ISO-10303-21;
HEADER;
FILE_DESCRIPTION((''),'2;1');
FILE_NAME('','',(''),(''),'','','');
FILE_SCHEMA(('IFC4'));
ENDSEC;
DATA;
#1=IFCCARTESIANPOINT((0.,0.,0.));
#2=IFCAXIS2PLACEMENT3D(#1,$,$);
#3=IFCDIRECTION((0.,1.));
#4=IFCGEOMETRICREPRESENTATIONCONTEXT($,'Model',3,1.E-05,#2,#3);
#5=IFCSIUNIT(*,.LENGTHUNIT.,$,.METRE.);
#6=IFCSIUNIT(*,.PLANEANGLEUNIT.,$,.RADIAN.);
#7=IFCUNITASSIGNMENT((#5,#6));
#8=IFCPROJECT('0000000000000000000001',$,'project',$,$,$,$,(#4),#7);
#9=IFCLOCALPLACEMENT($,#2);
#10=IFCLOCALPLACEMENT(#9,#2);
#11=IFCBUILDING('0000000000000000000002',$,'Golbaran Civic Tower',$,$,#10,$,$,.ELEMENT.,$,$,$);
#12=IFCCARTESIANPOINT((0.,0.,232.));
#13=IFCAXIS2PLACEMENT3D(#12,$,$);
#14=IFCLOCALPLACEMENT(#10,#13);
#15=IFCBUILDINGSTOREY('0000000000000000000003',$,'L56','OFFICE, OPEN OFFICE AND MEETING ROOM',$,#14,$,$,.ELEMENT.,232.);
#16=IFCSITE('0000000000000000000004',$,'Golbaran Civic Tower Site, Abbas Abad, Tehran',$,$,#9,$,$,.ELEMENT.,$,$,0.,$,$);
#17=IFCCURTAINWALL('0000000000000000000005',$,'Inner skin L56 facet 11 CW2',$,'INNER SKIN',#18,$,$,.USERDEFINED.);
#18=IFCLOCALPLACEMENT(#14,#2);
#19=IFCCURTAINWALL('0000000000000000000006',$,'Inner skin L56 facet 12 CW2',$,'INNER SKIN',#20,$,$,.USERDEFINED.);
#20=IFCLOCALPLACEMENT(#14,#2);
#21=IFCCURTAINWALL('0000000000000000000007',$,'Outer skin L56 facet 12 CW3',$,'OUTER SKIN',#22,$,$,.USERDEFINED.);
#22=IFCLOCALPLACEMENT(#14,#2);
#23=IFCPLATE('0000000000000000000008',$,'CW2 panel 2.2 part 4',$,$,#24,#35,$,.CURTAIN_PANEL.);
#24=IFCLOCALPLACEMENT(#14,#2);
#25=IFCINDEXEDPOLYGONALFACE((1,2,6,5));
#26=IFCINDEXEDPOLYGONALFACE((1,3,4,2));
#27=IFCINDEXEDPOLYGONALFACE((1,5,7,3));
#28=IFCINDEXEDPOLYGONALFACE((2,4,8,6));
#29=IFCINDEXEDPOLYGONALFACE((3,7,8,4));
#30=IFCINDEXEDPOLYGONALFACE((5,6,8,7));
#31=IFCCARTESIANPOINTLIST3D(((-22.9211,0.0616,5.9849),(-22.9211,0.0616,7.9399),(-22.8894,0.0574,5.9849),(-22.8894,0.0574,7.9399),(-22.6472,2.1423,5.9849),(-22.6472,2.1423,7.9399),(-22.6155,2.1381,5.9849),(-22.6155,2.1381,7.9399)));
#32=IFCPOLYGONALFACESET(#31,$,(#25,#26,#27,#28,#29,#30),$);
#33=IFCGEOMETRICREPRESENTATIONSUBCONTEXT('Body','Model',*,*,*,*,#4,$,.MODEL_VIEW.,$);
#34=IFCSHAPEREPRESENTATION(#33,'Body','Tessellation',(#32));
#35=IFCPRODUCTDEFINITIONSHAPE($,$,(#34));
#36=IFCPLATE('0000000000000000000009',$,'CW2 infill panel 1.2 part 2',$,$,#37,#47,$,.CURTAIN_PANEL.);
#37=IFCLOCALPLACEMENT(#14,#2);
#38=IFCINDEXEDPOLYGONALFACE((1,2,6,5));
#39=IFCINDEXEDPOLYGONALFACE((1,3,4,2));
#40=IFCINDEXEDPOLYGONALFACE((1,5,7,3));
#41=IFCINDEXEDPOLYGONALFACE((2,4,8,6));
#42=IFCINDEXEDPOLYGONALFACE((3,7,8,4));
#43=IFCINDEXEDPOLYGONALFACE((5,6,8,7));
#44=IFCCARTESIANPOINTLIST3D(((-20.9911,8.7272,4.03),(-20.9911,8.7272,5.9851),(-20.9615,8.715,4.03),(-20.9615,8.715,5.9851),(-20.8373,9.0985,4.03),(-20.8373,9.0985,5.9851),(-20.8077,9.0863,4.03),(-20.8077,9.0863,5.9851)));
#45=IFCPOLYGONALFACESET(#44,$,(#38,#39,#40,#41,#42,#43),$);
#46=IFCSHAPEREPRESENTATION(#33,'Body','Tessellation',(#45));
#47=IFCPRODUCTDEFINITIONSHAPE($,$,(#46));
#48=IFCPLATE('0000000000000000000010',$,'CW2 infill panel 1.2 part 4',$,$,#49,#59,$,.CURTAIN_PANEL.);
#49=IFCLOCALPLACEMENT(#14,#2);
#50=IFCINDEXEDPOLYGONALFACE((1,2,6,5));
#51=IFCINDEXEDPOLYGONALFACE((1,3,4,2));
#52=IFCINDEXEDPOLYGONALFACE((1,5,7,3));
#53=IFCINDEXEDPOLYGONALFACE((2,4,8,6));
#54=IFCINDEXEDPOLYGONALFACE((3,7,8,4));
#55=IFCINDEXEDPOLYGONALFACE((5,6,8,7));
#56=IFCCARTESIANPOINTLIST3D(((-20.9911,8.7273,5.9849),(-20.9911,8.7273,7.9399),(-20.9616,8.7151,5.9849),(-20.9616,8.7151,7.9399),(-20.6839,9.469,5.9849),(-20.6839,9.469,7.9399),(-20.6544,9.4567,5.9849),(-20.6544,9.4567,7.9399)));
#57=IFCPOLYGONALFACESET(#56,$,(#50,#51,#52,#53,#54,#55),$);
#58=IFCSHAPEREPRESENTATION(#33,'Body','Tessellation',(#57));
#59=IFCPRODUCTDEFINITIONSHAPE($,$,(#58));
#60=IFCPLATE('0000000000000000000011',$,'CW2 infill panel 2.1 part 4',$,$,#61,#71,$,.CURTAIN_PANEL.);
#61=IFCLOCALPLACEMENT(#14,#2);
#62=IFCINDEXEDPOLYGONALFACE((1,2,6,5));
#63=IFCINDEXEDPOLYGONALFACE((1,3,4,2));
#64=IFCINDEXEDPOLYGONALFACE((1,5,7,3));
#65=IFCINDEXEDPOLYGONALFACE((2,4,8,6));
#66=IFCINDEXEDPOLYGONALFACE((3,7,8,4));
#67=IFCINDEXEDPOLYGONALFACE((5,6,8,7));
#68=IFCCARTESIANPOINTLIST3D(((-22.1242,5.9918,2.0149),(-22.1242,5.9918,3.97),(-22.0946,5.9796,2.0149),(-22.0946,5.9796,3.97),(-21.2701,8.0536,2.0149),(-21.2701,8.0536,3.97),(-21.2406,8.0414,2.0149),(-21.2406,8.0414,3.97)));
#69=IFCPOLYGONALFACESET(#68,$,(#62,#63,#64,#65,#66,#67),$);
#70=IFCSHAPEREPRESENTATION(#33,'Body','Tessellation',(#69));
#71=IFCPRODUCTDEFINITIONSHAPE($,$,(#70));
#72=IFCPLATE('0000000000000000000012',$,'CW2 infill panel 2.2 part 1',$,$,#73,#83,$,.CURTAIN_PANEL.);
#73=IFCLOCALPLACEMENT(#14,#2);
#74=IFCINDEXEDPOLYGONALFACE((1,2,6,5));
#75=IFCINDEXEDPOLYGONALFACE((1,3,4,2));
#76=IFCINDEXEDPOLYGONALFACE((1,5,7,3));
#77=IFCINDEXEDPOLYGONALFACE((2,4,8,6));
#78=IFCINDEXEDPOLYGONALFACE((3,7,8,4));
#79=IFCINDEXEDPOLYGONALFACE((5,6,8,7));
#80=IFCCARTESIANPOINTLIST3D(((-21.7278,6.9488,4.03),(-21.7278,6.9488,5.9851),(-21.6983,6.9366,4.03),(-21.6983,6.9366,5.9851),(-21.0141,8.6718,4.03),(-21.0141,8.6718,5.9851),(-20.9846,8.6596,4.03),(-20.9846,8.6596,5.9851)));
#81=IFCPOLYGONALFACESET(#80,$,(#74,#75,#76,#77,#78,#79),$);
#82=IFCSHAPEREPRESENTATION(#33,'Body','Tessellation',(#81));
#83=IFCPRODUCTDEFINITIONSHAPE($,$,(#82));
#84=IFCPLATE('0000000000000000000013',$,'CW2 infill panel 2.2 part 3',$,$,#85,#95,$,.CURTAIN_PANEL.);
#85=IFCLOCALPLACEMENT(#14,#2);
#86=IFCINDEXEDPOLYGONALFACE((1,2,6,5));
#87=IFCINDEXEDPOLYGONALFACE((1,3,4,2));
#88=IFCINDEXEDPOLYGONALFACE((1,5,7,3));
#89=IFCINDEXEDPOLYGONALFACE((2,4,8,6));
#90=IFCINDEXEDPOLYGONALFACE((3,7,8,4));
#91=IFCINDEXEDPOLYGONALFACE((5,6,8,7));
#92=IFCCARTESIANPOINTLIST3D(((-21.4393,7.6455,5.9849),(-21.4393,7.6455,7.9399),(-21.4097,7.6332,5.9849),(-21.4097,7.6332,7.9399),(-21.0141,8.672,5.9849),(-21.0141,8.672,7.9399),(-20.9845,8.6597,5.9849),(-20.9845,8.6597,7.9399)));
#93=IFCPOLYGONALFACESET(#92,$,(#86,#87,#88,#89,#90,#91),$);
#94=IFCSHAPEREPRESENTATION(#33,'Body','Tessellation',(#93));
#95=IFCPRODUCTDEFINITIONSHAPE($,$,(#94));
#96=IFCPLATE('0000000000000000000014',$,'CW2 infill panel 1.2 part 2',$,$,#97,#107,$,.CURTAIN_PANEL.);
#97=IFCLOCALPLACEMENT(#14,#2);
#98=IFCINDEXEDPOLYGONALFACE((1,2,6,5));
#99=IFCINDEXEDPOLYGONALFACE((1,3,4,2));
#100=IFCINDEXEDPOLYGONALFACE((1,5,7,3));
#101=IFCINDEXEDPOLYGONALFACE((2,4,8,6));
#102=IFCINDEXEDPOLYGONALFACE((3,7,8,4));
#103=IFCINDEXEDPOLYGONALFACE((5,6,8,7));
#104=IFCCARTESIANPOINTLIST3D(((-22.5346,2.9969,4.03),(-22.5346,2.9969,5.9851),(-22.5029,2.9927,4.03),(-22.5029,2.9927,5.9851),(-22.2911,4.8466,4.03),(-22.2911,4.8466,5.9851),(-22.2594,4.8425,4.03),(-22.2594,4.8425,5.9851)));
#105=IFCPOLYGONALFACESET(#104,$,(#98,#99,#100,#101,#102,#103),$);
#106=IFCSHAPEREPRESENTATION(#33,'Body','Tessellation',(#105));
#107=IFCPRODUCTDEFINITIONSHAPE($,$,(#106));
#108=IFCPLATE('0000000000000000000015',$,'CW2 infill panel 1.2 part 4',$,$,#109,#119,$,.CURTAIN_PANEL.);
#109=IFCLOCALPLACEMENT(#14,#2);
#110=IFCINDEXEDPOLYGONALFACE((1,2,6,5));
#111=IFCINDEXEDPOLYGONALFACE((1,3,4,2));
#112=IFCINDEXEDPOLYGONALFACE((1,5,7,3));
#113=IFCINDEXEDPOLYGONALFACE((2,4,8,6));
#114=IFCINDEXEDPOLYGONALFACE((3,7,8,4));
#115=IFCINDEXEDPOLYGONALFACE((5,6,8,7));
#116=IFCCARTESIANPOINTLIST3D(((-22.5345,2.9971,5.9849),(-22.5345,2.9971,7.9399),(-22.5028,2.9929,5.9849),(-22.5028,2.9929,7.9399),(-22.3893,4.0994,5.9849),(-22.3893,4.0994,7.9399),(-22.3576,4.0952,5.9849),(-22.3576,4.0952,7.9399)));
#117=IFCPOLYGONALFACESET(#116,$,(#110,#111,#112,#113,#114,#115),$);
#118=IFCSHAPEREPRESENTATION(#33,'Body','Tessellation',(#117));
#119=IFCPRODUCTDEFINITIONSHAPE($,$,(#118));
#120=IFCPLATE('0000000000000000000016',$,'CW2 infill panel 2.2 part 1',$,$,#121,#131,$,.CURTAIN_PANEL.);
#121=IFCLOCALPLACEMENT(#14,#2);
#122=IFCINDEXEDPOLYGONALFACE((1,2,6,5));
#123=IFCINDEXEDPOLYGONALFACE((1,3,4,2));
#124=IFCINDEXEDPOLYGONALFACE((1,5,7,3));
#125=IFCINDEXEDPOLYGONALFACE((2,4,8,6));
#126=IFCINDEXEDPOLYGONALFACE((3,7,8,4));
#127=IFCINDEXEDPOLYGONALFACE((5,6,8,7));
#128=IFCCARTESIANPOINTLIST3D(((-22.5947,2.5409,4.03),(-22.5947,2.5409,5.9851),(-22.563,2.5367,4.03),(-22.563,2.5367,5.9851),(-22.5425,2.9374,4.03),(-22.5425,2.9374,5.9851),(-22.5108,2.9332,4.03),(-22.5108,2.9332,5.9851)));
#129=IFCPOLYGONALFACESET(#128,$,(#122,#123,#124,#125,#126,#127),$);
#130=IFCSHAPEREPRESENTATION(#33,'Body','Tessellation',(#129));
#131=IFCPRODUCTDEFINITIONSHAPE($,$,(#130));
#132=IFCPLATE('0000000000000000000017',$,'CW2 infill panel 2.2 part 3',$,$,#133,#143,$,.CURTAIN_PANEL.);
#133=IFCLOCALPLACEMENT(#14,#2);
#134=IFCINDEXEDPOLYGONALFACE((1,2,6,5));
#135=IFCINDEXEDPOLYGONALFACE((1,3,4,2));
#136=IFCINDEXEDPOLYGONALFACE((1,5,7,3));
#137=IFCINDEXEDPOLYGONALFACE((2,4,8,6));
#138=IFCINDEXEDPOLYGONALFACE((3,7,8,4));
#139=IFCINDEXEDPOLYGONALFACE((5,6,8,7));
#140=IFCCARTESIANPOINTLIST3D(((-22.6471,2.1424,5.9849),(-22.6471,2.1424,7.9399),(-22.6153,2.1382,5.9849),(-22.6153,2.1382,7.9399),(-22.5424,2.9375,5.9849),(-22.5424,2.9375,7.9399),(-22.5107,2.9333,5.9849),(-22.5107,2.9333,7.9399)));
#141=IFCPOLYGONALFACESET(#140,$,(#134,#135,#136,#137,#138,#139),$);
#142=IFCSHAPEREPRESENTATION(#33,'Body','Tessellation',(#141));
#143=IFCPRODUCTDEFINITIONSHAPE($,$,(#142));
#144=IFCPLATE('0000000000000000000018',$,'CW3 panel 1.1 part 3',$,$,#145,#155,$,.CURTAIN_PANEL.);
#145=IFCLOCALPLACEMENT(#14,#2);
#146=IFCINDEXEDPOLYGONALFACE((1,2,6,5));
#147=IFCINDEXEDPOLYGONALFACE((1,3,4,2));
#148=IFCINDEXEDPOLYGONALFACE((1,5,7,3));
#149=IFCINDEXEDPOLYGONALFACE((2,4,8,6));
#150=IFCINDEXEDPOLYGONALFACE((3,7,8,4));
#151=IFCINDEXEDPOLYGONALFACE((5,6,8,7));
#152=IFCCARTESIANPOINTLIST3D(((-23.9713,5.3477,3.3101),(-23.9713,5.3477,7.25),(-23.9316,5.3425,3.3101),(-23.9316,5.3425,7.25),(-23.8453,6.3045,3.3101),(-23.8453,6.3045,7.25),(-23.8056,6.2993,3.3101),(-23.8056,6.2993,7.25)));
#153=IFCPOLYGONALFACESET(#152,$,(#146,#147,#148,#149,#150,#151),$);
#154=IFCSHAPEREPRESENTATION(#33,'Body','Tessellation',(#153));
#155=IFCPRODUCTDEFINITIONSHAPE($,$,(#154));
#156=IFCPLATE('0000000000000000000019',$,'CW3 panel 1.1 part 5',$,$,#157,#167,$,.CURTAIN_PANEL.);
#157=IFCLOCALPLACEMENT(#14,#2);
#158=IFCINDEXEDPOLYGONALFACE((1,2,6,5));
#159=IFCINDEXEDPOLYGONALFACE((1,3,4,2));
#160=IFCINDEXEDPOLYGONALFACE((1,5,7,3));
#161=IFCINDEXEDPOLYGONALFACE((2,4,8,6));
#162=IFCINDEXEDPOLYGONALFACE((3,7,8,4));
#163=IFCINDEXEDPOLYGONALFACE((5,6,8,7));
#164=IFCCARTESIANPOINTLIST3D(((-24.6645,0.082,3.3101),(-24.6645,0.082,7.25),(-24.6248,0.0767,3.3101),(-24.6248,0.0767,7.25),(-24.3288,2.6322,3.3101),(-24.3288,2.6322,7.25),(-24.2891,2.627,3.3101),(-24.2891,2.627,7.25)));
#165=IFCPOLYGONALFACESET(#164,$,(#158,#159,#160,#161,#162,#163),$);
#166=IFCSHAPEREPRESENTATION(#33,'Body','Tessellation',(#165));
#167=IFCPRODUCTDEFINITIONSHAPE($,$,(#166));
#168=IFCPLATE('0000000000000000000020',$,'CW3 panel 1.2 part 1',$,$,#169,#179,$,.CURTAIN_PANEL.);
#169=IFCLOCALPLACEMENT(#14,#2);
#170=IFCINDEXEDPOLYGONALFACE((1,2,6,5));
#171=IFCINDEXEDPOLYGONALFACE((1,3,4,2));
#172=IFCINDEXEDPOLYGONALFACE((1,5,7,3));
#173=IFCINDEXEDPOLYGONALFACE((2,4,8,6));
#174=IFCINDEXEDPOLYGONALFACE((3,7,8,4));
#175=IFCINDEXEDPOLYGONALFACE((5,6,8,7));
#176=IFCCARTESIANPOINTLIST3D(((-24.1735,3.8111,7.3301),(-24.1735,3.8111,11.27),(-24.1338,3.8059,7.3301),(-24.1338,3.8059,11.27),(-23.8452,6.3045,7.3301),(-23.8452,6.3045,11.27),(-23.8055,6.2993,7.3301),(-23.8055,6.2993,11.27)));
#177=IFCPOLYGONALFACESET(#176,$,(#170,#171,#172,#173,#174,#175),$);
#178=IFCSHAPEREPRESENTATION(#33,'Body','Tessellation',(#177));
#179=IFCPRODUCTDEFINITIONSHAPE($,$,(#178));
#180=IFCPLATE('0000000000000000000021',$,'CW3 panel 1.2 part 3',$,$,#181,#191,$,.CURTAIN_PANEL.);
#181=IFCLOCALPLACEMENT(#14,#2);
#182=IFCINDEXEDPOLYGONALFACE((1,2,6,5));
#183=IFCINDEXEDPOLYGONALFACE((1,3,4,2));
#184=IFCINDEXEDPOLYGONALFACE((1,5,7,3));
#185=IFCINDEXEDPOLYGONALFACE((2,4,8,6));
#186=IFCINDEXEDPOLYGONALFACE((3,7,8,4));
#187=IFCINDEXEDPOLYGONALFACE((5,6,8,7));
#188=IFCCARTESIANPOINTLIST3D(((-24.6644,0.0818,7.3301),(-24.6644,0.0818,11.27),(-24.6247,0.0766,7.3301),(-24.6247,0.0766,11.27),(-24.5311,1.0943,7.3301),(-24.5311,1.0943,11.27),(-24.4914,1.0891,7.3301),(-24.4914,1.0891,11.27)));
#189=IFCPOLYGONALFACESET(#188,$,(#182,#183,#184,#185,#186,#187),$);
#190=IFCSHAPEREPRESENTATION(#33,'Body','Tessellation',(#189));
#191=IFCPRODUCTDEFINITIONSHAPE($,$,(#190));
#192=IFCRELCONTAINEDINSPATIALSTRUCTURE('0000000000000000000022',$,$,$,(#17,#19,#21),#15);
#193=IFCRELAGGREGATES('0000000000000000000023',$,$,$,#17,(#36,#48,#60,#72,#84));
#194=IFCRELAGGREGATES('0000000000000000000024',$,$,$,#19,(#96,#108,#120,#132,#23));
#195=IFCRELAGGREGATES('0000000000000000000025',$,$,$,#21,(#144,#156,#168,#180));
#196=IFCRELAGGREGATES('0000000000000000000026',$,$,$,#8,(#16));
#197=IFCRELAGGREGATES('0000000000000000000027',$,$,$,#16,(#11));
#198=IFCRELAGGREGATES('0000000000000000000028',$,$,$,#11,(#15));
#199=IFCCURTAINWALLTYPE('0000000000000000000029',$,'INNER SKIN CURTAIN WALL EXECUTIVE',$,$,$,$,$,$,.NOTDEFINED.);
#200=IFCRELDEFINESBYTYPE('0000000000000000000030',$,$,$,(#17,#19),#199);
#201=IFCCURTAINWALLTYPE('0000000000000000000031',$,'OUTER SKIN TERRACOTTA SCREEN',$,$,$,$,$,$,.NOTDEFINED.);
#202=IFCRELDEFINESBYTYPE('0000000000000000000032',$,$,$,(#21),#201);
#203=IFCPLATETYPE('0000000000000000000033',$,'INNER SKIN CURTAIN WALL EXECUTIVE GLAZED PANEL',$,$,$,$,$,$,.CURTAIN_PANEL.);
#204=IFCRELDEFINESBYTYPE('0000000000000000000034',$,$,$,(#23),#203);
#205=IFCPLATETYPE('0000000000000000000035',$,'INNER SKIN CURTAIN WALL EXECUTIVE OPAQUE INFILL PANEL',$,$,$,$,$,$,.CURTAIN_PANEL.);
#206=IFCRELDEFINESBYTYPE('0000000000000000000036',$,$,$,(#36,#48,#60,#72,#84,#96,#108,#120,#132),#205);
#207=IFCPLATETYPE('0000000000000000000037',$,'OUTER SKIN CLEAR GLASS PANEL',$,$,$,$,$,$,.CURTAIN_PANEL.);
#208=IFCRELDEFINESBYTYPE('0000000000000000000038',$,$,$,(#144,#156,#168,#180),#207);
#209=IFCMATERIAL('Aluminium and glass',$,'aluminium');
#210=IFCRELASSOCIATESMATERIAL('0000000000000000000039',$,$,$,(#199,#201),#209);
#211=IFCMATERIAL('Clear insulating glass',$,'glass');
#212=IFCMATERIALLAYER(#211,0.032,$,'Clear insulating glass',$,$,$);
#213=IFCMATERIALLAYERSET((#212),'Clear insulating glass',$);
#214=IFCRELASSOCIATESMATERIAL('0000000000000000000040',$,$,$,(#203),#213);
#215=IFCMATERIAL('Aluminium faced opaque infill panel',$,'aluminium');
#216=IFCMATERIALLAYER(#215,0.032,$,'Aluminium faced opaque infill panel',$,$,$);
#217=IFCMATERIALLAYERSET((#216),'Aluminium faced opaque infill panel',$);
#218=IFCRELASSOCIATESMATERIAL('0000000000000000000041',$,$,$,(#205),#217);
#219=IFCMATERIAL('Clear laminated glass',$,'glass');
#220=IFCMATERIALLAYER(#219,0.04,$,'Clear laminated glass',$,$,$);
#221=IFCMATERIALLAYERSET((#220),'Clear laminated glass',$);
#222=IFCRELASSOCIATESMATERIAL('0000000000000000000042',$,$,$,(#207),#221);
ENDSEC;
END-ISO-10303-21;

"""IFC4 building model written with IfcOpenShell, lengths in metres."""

from ifc_helpers import new_model, si_unit, direction, frame, origin, origin_2d, place, context, subcontext, project, spatial, rectangle, extrude, material, layer, layer_set, type_object, element, aggregate, save


model = new_model("IFC4")

# Units and contexts
model_context = context("Model", 3, precision=1e-05, world=origin(), true_north=direction((0.0, 1.0)))
body_context = subcontext(model_context, "Body", "Model", "MODEL_VIEW")
ifc_project = project(units=[si_unit("LENGTHUNIT", "METRE"), si_unit("PLANEANGLEUNIT", "RADIAN")], contexts=[model_context])

# Site, building, storey
site_placement = place(None, origin())
site = spatial("IfcSite", under=ifc_project, at=site_placement, Name="Golbaran Civic Tower Site, Abbas Abad, Tehran", CompositionType="ELEMENT", RefElevation=0.0)
building_placement = place(site_placement, origin())
building = spatial("IfcBuilding", under=site, at=building_placement, Name="Golbaran Civic Tower", CompositionType="ELEMENT")
storey_placement = place(building_placement, frame((0.0, 0.0, 232.0)))
storey = spatial("IfcBuildingStorey", under=building, at=storey_placement, Name="L56", Description="OFFICE, OPEN OFFICE AND MEETING ROOM", CompositionType="ELEMENT", Elevation=232.0)

# Curtain walls
ifc_material_1 = material(Name="Aluminium and glass", Category="aluminium")
curtain_wall_type_1 = type_object("IfcCurtainWallType", Name="INNER SKIN CURTAIN WALL EXECUTIVE", PredefinedType="NOTDEFINED", material=ifc_material_1)
curtain_wall_1_placement = place(storey_placement, origin())
curtain_wall_1 = element("IfcCurtainWall", 1, at=curtain_wall_1_placement, inside=storey, type_object=curtain_wall_type_1, Name="Inner skin L56 facet 11 CW2", ObjectType="INNER SKIN", PredefinedType="USERDEFINED")
curtain_wall_2_placement = place(storey_placement, origin())
curtain_wall_2 = element("IfcCurtainWall", 2, at=curtain_wall_2_placement, inside=storey, type_object=curtain_wall_type_1, Name="Inner skin L56 facet 12 CW2", ObjectType="INNER SKIN", PredefinedType="USERDEFINED")
curtain_wall_type_2 = type_object("IfcCurtainWallType", Name="OUTER SKIN TERRACOTTA SCREEN", PredefinedType="NOTDEFINED", material=ifc_material_1)
curtain_wall_3_placement = place(storey_placement, origin())
curtain_wall_3 = element("IfcCurtainWall", 3, at=curtain_wall_3_placement, inside=storey, type_object=curtain_wall_type_2, Name="Outer skin L56 facet 12 CW3", ObjectType="OUTER SKIN", PredefinedType="USERDEFINED")

# Plates
ifc_material_2 = material(Name="Clear insulating glass", Category="glass")
ifc_layer_1 = layer(ifc_material_2, 0.032, Name="Clear insulating glass")
ifc_layer_set_1 = layer_set([ifc_layer_1], Name="Clear insulating glass")
plate_type_1 = type_object("IfcPlateType", Name="INNER SKIN CURTAIN WALL EXECUTIVE GLAZED PANEL", PredefinedType="CURTAIN_PANEL", material=ifc_layer_set_1)
plate_1_placement = place(storey_placement, frame((-22.7683, 1.0999, 5.9849), z_axis=(0.0, 0.0, 1.0), x_axis=(-0.130526, -0.991445, 0.0)))
plate_1 = element("IfcPlate", 4, at=plate_1_placement, type_object=plate_type_1, Name="CW2 panel 2.2 part 4", PredefinedType="CURTAIN_PANEL", context=body_context, shape_type="SweptSolid", body=[
    extrude(rectangle(XDim=2.0986, YDim=0.032, at=origin_2d()), origin(), (0.0, 0.0, 1.0), 1.9551),
])
ifc_material_3 = material(Name="Aluminium faced opaque infill panel", Category="aluminium")
ifc_layer_2 = layer(ifc_material_3, 0.032, Name="Aluminium faced opaque infill panel")
ifc_layer_set_2 = layer_set([ifc_layer_2], Name="Aluminium faced opaque infill panel")
plate_type_2 = type_object("IfcPlateType", Name="INNER SKIN CURTAIN WALL EXECUTIVE OPAQUE INFILL PANEL", PredefinedType="CURTAIN_PANEL", material=ifc_layer_set_2)
plate_2_placement = place(storey_placement, frame((-20.8994, 8.9067, 4.03), z_axis=(0.0, 0.0, 1.0), x_axis=(-0.382683, -0.92388, 0.0)))
plate_2 = element("IfcPlate", 5, at=plate_2_placement, type_object=plate_type_2, Name="CW2 infill panel 1.2 part 2", PredefinedType="CURTAIN_PANEL", context=body_context, shape_type="SweptSolid", body=[
    extrude(rectangle(XDim=0.4019, YDim=0.032, at=origin_2d()), origin(), (0.0, 0.0, 1.0), 1.9551),
])
plate_3_placement = place(storey_placement, frame((-20.8228, 9.092, 5.9849), z_axis=(0.0, 0.0, 1.0), x_axis=(-0.382683, -0.92388, 0.0)))
plate_3 = element("IfcPlate", 6, at=plate_3_placement, type_object=plate_type_2, Name="CW2 infill panel 1.2 part 4", PredefinedType="CURTAIN_PANEL", context=body_context, shape_type="SweptSolid", body=[
    extrude(rectangle(XDim=0.8027, YDim=0.032, at=origin_2d()), origin(), (0.0, 0.0, 1.0), 1.9551),
])
plate_4_placement = place(storey_placement, frame((-21.6824, 7.0166, 2.0149), z_axis=(0.0, 0.0, 1.0), x_axis=(-0.382683, -0.92388, 0.0)))
plate_4 = element("IfcPlate", 7, at=plate_4_placement, type_object=plate_type_2, Name="CW2 infill panel 2.1 part 4", PredefinedType="CURTAIN_PANEL", context=body_context, shape_type="SweptSolid", body=[
    extrude(rectangle(XDim=2.2317, YDim=0.032, at=origin_2d()), origin(), (0.0, 0.0, 1.0), 1.9551),
])
plate_5_placement = place(storey_placement, frame((-21.3562, 7.8042, 4.03), z_axis=(0.0, 0.0, 1.0), x_axis=(-0.382683, -0.92388, 0.0)))
plate_5 = element("IfcPlate", 8, at=plate_5_placement, type_object=plate_type_2, Name="CW2 infill panel 2.2 part 1", PredefinedType="CURTAIN_PANEL", context=body_context, shape_type="SweptSolid", body=[
    extrude(rectangle(XDim=1.865, YDim=0.032, at=origin_2d()), origin(), (0.0, 0.0, 1.0), 1.9551),
])
plate_6_placement = place(storey_placement, frame((-21.2119, 8.1526, 5.9849), z_axis=(0.0, 0.0, 1.0), x_axis=(-0.382683, -0.92388, 0.0)))
plate_6 = element("IfcPlate", 9, at=plate_6_placement, type_object=plate_type_2, Name="CW2 infill panel 2.2 part 3", PredefinedType="CURTAIN_PANEL", context=body_context, shape_type="SweptSolid", body=[
    extrude(rectangle(XDim=1.1111, YDim=0.032, at=origin_2d()), origin(), (0.0, 0.0, 1.0), 1.9551),
])
aggregate(curtain_wall_1, [plate_2, plate_3, plate_4, plate_5, plate_6])
plate_7_placement = place(storey_placement, frame((-22.397, 3.9197, 4.03), z_axis=(0.0, 0.0, 1.0), x_axis=(-0.130526, -0.991445, 0.0)))
plate_7 = element("IfcPlate", 10, at=plate_7_placement, type_object=plate_type_2, Name="CW2 infill panel 1.2 part 2", PredefinedType="CURTAIN_PANEL", context=body_context, shape_type="SweptSolid", body=[
    extrude(rectangle(XDim=1.8657, YDim=0.032, at=origin_2d()), origin(), (0.0, 0.0, 1.0), 1.9551),
])
plate_8_placement = place(storey_placement, frame((-22.446, 3.5461, 5.9849), z_axis=(0.0, 0.0, 1.0), x_axis=(-0.130526, -0.991445, 0.0)))
plate_8 = element("IfcPlate", 11, at=plate_8_placement, type_object=plate_type_2, Name="CW2 infill panel 1.2 part 4", PredefinedType="CURTAIN_PANEL", context=body_context, shape_type="SweptSolid", body=[
    extrude(rectangle(XDim=1.1118, YDim=0.032, at=origin_2d()), origin(), (0.0, 0.0, 1.0), 1.9551),
])
plate_9_placement = place(storey_placement, frame((-22.5527, 2.7371, 4.03), z_axis=(0.0, 0.0, 1.0), x_axis=(-0.130526, -0.991445, 0.0)))
plate_9 = element("IfcPlate", 12, at=plate_9_placement, type_object=plate_type_2, Name="CW2 infill panel 2.2 part 1", PredefinedType="CURTAIN_PANEL", context=body_context, shape_type="SweptSolid", body=[
    extrude(rectangle(XDim=0.3999, YDim=0.032, at=origin_2d()), origin(), (0.0, 0.0, 1.0), 1.9551),
])
plate_10_placement = place(storey_placement, frame((-22.5789, 2.5378, 5.9849), z_axis=(0.0, 0.0, 1.0), x_axis=(-0.130526, -0.991445, 0.0)))
plate_10 = element("IfcPlate", 13, at=plate_10_placement, type_object=plate_type_2, Name="CW2 infill panel 2.2 part 3", PredefinedType="CURTAIN_PANEL", context=body_context, shape_type="SweptSolid", body=[
    extrude(rectangle(XDim=0.802, YDim=0.032, at=origin_2d()), origin(), (0.0, 0.0, 1.0), 1.9551),
])
aggregate(curtain_wall_2, [plate_7, plate_8, plate_9, plate_10, plate_1])
ifc_material_4 = material(Name="Clear laminated glass", Category="glass")
ifc_layer_3 = layer(ifc_material_4, 0.04, Name="Clear laminated glass")
ifc_layer_set_3 = layer_set([ifc_layer_3], Name="Clear laminated glass")
plate_type_3 = type_object("IfcPlateType", Name="OUTER SKIN CLEAR GLASS PANEL", PredefinedType="CURTAIN_PANEL", material=ifc_layer_set_3)
plate_11_placement = place(storey_placement, frame((-23.8884, 5.8235, 3.3101), z_axis=(0.0, 0.0, 1.0), x_axis=(-0.130526, -0.991445, 0.0)))
plate_11 = element("IfcPlate", 14, at=plate_11_placement, type_object=plate_type_3, Name="CW3 panel 1.1 part 3", PredefinedType="CURTAIN_PANEL", context=body_context, shape_type="SweptSolid", body=[
    extrude(rectangle(XDim=0.9651, YDim=0.04, at=origin_2d()), origin(), (0.0, 0.0, 1.0), 3.9399),
])
plate_12_placement = place(storey_placement, frame((-24.4768, 1.3545, 3.3101), z_axis=(0.0, 0.0, 1.0), x_axis=(-0.130526, -0.991445, 0.0)))
plate_12 = element("IfcPlate", 15, at=plate_12_placement, type_object=plate_type_3, Name="CW3 panel 1.1 part 5", PredefinedType="CURTAIN_PANEL", context=body_context, shape_type="SweptSolid", body=[
    extrude(rectangle(XDim=2.5723, YDim=0.04, at=origin_2d()), origin(), (0.0, 0.0, 1.0), 3.9399),
])
plate_13_placement = place(storey_placement, frame((-23.9895, 5.0552, 7.3301), z_axis=(0.0, 0.0, 1.0), x_axis=(-0.130526, -0.991445, 0.0)))
plate_13 = element("IfcPlate", 16, at=plate_13_placement, type_object=plate_type_3, Name="CW3 panel 1.2 part 1", PredefinedType="CURTAIN_PANEL", context=body_context, shape_type="SweptSolid", body=[
    extrude(rectangle(XDim=2.5149, YDim=0.04, at=origin_2d()), origin(), (0.0, 0.0, 1.0), 3.9399),
])
plate_14_placement = place(storey_placement, frame((-24.5779, 0.5854, 7.3301), z_axis=(0.0, 0.0, 1.0), x_axis=(-0.130526, -0.991445, 0.0)))
plate_14 = element("IfcPlate", 17, at=plate_14_placement, type_object=plate_type_3, Name="CW3 panel 1.2 part 3", PredefinedType="CURTAIN_PANEL", context=body_context, shape_type="SweptSolid", body=[
    extrude(rectangle(XDim=1.0212, YDim=0.04, at=origin_2d()), origin(), (0.0, 0.0, 1.0), 3.9399),
])
aggregate(curtain_wall_3, [plate_11, plate_12, plate_13, plate_14])

save(model, "model.ifc")
